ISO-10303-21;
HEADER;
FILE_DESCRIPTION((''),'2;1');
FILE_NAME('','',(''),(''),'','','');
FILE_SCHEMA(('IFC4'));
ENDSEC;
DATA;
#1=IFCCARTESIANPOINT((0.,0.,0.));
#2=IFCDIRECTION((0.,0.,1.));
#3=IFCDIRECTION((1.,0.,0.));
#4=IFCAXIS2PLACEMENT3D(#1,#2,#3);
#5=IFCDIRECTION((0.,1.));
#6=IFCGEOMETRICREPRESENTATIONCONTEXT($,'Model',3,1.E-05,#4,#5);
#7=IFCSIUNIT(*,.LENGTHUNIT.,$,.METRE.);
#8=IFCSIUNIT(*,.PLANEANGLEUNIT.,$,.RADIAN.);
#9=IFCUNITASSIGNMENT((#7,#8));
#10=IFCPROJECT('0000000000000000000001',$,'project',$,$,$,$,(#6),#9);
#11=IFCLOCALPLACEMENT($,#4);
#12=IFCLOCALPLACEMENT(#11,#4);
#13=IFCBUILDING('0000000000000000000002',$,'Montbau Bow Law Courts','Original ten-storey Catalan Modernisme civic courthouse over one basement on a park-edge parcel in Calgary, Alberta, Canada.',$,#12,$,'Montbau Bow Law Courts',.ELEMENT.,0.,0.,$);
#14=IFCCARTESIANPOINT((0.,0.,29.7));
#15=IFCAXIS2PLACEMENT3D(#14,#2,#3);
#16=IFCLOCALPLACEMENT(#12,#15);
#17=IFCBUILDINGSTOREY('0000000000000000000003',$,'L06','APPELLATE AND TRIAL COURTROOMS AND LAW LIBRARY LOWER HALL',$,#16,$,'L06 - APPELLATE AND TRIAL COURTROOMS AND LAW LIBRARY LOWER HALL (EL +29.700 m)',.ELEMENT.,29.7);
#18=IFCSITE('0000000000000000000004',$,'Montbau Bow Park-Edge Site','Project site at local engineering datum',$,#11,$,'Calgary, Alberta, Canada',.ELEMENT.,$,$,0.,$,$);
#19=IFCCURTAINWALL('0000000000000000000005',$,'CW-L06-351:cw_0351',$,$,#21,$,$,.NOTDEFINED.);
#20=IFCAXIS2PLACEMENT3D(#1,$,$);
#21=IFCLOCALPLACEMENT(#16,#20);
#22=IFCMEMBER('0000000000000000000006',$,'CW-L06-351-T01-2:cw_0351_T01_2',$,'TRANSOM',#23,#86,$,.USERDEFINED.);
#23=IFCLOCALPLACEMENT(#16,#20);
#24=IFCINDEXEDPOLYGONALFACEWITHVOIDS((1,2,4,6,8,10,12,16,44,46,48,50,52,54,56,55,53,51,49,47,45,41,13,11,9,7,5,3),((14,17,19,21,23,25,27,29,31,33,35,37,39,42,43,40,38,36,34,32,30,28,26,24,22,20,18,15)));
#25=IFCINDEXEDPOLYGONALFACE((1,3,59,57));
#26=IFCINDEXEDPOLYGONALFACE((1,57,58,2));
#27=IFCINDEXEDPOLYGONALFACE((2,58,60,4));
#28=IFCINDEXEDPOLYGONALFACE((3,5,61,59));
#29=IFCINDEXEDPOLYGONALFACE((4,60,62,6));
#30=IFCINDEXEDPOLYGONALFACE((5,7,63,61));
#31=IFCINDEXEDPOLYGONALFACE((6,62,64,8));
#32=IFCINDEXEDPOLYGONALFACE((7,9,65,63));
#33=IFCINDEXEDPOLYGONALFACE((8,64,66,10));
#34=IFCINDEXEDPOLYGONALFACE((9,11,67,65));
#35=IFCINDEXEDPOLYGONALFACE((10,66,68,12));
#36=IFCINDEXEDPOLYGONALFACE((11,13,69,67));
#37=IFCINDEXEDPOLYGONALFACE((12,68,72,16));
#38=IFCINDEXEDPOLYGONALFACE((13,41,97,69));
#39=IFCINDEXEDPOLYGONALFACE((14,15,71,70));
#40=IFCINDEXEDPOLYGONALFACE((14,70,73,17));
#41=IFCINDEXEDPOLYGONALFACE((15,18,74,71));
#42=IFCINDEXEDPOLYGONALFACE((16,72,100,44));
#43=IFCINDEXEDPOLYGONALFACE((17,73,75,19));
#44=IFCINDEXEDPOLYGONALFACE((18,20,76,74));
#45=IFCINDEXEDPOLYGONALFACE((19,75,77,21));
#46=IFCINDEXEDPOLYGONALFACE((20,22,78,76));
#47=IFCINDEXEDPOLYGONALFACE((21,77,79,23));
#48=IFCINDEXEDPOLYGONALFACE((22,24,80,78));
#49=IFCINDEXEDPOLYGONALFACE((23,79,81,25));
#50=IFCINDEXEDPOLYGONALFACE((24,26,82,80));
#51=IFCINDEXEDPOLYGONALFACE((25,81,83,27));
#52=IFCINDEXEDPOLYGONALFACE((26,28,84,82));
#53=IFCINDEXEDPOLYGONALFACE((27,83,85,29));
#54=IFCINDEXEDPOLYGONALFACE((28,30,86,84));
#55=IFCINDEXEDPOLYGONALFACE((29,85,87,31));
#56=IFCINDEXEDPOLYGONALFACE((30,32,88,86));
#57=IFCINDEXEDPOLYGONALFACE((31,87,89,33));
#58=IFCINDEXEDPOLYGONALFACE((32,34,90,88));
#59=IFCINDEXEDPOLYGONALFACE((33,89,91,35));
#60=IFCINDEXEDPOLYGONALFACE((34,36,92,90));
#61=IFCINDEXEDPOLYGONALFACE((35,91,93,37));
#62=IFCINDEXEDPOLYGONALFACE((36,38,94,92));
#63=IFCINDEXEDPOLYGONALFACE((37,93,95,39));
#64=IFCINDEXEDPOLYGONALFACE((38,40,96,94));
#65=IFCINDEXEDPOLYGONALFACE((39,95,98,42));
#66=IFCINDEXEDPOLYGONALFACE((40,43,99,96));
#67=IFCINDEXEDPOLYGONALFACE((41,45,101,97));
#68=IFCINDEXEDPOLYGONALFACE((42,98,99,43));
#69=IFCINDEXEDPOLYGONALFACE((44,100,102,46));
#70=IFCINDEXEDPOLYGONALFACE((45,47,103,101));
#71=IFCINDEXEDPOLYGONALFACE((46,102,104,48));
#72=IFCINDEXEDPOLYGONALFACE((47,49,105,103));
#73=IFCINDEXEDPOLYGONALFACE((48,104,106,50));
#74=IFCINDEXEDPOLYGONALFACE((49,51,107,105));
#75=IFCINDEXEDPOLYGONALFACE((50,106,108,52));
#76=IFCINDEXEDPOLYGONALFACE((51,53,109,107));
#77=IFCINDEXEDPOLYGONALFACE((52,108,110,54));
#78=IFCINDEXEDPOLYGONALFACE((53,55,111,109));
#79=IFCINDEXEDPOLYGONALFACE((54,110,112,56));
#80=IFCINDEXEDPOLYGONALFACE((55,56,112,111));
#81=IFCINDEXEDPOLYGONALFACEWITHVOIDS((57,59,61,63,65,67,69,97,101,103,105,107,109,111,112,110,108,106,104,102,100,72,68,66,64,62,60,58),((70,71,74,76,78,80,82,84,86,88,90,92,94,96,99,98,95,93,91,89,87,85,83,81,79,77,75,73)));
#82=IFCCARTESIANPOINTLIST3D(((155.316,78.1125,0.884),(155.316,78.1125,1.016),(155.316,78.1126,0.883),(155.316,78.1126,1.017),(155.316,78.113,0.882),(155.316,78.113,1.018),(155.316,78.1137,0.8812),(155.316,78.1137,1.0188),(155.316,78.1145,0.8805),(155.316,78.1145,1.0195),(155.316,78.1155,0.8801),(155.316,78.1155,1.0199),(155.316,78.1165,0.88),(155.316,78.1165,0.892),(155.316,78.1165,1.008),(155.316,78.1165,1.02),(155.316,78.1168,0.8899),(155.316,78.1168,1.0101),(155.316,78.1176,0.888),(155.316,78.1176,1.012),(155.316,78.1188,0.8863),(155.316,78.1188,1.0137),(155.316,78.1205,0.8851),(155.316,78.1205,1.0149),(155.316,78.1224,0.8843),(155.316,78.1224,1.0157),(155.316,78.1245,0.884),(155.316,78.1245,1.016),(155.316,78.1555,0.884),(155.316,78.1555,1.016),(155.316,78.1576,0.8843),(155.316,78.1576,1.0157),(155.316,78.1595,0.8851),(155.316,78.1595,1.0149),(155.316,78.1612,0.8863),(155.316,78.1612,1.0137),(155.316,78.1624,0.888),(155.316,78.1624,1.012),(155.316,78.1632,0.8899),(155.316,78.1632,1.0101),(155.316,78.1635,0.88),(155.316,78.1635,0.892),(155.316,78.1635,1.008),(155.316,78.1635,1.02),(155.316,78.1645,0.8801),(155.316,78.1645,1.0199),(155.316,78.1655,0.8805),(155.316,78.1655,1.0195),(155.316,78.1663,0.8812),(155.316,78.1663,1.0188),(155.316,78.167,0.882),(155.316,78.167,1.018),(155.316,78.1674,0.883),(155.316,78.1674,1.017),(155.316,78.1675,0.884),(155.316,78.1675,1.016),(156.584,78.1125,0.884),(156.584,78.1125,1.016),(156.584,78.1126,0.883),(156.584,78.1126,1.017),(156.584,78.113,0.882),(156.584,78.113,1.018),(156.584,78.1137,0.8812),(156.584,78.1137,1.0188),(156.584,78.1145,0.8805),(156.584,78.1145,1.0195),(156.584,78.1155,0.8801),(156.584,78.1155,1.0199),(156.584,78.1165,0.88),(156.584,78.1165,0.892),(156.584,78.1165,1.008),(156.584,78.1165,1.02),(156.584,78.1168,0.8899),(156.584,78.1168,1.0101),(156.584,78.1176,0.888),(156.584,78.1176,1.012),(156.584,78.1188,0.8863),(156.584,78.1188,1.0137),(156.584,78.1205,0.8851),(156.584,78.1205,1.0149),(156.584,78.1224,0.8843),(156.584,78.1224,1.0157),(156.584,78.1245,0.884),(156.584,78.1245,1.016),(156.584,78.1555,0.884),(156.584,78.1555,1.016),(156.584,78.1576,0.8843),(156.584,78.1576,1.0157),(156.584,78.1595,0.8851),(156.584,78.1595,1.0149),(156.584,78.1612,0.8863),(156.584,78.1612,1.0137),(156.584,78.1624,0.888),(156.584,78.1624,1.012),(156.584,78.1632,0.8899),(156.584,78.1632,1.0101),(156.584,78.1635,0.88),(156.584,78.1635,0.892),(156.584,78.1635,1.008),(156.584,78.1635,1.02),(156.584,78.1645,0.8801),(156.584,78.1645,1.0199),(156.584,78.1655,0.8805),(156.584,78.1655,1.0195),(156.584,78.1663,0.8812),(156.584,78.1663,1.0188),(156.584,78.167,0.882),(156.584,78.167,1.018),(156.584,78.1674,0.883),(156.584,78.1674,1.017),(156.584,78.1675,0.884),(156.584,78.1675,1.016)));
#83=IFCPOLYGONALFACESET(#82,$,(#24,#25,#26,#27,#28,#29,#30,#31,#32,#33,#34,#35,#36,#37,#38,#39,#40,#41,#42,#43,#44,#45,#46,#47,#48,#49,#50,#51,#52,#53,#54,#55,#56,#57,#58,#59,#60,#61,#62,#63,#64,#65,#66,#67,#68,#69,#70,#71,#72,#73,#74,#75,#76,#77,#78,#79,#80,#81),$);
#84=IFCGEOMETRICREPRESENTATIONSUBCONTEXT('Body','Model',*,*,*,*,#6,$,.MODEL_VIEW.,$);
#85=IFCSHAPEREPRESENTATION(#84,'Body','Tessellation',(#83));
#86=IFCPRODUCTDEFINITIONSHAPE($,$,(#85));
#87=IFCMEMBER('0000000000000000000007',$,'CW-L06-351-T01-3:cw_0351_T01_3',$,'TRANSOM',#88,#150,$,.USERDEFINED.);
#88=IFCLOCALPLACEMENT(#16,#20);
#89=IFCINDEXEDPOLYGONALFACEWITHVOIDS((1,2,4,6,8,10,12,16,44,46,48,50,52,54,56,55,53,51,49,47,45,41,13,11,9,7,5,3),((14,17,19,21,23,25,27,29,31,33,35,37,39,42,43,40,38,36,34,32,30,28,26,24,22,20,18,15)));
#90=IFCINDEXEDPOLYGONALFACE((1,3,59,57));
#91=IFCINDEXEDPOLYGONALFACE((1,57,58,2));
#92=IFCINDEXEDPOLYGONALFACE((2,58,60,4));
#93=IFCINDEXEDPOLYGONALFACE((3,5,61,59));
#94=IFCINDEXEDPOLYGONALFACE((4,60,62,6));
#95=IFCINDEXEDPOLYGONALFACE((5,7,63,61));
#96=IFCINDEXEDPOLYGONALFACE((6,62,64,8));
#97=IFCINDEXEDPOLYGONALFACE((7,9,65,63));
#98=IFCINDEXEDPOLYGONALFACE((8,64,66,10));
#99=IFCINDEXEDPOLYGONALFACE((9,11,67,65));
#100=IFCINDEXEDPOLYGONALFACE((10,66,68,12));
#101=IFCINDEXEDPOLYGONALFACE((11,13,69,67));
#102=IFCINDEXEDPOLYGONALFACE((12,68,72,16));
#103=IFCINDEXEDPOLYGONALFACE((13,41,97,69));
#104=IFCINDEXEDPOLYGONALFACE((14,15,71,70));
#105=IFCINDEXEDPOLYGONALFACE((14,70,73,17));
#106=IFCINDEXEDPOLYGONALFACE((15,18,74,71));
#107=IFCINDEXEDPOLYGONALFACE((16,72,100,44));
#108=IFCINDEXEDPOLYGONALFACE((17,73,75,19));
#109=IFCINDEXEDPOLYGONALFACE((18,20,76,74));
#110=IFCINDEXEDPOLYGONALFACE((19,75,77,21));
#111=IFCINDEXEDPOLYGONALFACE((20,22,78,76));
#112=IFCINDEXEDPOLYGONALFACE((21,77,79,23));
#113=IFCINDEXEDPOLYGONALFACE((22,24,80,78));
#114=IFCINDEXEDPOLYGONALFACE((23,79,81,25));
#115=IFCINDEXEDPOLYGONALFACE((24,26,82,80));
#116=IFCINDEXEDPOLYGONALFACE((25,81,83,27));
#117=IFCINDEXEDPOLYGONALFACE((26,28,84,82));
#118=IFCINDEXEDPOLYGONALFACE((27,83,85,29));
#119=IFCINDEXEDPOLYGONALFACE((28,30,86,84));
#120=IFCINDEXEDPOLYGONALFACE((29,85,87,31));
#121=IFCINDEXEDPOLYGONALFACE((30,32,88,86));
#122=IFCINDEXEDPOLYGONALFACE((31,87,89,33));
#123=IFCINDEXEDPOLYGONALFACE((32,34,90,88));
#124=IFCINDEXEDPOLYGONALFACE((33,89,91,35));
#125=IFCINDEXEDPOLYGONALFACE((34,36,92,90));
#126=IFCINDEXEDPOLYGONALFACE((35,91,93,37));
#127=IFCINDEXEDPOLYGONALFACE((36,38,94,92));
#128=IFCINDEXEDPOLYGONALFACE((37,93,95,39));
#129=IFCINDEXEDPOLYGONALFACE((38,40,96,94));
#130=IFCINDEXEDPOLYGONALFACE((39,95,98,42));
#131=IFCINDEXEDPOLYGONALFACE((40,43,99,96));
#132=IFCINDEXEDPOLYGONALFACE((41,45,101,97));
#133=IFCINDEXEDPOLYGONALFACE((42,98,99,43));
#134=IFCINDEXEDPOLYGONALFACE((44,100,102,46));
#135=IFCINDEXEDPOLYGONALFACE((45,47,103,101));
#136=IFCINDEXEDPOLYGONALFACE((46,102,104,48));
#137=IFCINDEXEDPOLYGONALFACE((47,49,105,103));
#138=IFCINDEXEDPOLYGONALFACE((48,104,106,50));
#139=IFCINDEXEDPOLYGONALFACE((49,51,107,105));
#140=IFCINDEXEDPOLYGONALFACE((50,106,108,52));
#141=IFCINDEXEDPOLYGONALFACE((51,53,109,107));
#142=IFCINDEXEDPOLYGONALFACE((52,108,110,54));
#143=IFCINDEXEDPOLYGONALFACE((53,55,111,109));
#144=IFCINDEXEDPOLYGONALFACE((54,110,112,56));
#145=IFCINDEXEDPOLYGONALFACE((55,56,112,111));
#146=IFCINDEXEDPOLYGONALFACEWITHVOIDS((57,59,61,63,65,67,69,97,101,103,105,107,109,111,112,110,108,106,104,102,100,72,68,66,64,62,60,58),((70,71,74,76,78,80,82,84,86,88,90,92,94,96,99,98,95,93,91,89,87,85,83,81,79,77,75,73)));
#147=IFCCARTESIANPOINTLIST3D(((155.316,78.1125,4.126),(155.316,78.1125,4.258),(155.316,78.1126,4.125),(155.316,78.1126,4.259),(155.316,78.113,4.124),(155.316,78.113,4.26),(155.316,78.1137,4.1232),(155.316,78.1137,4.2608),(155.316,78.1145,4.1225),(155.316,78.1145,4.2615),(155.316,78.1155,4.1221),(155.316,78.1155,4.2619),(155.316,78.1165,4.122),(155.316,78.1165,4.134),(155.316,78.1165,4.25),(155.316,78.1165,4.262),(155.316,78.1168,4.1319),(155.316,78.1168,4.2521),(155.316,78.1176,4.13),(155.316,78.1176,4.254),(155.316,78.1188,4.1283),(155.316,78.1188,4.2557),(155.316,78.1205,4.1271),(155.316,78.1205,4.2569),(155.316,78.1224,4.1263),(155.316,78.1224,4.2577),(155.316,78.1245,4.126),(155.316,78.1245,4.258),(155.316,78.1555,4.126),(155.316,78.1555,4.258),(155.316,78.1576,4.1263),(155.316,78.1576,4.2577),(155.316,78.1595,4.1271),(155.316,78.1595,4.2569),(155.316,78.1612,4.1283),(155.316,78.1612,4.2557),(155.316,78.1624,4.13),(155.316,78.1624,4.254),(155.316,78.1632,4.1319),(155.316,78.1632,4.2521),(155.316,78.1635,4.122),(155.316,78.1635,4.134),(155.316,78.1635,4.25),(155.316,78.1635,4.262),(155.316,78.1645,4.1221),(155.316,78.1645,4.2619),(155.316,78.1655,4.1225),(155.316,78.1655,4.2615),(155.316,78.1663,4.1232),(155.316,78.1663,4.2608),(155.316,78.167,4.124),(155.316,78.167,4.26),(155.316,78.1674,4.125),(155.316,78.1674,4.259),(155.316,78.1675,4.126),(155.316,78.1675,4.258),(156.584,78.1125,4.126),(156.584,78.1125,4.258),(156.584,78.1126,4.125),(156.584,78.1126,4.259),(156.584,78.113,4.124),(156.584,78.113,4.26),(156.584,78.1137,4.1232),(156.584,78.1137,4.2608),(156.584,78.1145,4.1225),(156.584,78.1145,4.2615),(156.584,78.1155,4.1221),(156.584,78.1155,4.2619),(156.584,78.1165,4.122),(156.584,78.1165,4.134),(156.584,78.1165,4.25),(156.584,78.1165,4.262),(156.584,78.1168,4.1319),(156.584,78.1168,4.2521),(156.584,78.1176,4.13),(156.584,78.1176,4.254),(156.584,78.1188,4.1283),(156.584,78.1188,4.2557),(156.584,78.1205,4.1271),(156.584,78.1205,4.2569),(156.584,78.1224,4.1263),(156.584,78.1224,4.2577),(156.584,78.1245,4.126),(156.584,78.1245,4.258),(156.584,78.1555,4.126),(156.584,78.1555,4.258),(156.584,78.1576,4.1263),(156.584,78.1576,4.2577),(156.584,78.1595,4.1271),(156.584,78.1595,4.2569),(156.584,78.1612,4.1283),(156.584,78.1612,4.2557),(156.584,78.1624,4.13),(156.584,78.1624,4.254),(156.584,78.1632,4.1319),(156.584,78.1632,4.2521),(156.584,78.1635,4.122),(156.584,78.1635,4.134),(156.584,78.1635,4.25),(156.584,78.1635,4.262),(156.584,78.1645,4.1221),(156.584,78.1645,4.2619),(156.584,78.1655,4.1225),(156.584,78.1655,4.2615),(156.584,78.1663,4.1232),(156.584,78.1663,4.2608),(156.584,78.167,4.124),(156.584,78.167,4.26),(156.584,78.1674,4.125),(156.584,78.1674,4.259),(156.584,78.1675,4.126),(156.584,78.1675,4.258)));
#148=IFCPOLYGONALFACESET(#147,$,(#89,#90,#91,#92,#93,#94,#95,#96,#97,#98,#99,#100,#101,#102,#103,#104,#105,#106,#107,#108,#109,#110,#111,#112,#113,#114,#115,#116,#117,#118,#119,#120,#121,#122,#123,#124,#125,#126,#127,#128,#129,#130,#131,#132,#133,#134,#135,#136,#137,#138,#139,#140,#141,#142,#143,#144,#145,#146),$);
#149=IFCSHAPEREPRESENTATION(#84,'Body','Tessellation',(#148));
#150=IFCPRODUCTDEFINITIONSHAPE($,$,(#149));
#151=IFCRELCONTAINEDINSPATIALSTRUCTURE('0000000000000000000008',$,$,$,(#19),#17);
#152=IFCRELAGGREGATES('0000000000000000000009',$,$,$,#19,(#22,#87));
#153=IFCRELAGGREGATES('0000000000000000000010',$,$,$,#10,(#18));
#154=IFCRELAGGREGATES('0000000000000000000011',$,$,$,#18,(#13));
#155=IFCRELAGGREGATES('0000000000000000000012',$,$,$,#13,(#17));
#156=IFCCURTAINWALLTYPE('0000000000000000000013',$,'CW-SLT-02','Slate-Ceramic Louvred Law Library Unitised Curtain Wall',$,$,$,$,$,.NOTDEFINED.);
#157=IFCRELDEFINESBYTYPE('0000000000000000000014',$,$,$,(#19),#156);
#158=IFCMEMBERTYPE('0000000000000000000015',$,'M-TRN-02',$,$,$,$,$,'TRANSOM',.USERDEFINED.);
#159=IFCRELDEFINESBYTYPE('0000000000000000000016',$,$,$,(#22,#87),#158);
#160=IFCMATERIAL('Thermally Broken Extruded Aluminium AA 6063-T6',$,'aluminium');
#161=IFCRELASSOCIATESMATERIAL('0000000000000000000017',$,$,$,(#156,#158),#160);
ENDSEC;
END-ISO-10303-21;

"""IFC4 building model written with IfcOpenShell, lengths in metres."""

from ifc_helpers import new_model, si_unit, direction, frame, origin_with_axes, origin_2d_with_axis, place, context, subcontext, project, spatial, hollow_rectangle, extrude, material, material_profile, profile_set, type_object, element, aggregate, save


model = new_model("IFC4")

# Units and contexts
model_context = context("Model", 3, precision=1e-05, world=origin_with_axes(), true_north=direction((0.0, 1.0)))
body_context = subcontext(model_context, "Body", "Model", "MODEL_VIEW")
ifc_project = project(units=[si_unit("LENGTHUNIT", "METRE"), si_unit("PLANEANGLEUNIT", "RADIAN")], contexts=[model_context])

# Site, building, storey
site_placement = place(None, origin_with_axes())
site = spatial("IfcSite", under=ifc_project, at=site_placement, Name="Montbau Bow Park-Edge Site", Description="Project site at local engineering datum", LongName="Calgary, Alberta, Canada", CompositionType="ELEMENT", RefElevation=0.0)
building_placement = place(site_placement, origin_with_axes())
building = spatial("IfcBuilding", under=site, at=building_placement, Name="Montbau Bow Law Courts", Description="Original ten-storey Catalan Modernisme civic courthouse over one basement on a park-edge parcel in Calgary, Alberta, Canada.", LongName="Montbau Bow Law Courts", CompositionType="ELEMENT", ElevationOfRefHeight=0.0, ElevationOfTerrain=0.0)
storey_placement = place(building_placement, frame((0.0, 0.0, 29.7), z_axis=(0.0, 0.0, 1.0), x_axis=(1.0, 0.0, 0.0)))
storey = spatial("IfcBuildingStorey", under=building, at=storey_placement, Name="L06", Description="APPELLATE AND TRIAL COURTROOMS AND LAW LIBRARY LOWER HALL", LongName="L06 - APPELLATE AND TRIAL COURTROOMS AND LAW LIBRARY LOWER HALL (EL +29.700 m)", CompositionType="ELEMENT", Elevation=29.7)

# Curtain wall
ifc_material_1 = material(Name="Thermally Broken Extruded Aluminium AA 6063-T6", Category="aluminium")
curtain_wall_type = type_object("IfcCurtainWallType", Name="CW-SLT-02", Description="Slate-Ceramic Louvred Law Library Unitised Curtain Wall", PredefinedType="NOTDEFINED", material=ifc_material_1)
curtain_wall_1_placement = place(None, frame((155.24, 78.14, 29.7), z_axis=(0.0, 0.0, 1.0), x_axis=(1.0, 0.0, 0.0)))
curtain_wall_1 = element("IfcCurtainWall", 1, at=curtain_wall_1_placement, inside=storey, type_object=curtain_wall_type, Name="CW-L06-351:cw_0351", PredefinedType="NOTDEFINED")

# Members
ifc_material_profile_1 = material_profile(ifc_material_1, hollow_rectangle(XDim=0.055, YDim=0.14, WallThickness=0.004, InnerFilletRadius=0.008, OuterFilletRadius=0.004, at=origin_2d_with_axis()), Name="CWT-140X55", Category="Main", Priority=0)
ifc_profile_set_1 = profile_set([ifc_material_profile_1], Name="Thermally Broken Extruded Aluminium AA 6063-T6")
member_type_1 = type_object("IfcMemberType", Name="M-TRN-02", ElementType="TRANSOM", PredefinedType="USERDEFINED", material=ifc_profile_set_1)
member_1_placement = place(None, frame((155.316, 78.14, 30.65), z_axis=(1.0, 0.0, 0.0), x_axis=(0.0, 1.0, 0.0)))
member_1 = element("IfcMember", 2, at=member_1_placement, type_object=member_type_1, Name="CW-L06-351-T01-2:cw_0351_T01_2", ObjectType="TRANSOM", PredefinedType="USERDEFINED", context=body_context, shape_type="SweptSolid", body=[
    extrude(hollow_rectangle(XDim=0.055, YDim=0.14, WallThickness=0.004, InnerFilletRadius=0.008, OuterFilletRadius=0.004, at=origin_2d_with_axis()), origin_with_axes(), (0.0, 0.0, 1.0), 1.268),
])
member_2_placement = place(None, frame((155.316, 78.14, 33.892), z_axis=(1.0, 0.0, 0.0), x_axis=(0.0, 1.0, 0.0)))
member_2 = element("IfcMember", 3, at=member_2_placement, type_object=member_type_1, Name="CW-L06-351-T01-3:cw_0351_T01_3", ObjectType="TRANSOM", PredefinedType="USERDEFINED", context=body_context, shape_type="SweptSolid", body=[
    extrude(hollow_rectangle(XDim=0.055, YDim=0.14, WallThickness=0.004, InnerFilletRadius=0.008, OuterFilletRadius=0.004, at=origin_2d_with_axis()), origin_with_axes(), (0.0, 0.0, 1.0), 1.268),
])

aggregate(curtain_wall_1, [member_1, member_2])

save(model, "model.ifc")
